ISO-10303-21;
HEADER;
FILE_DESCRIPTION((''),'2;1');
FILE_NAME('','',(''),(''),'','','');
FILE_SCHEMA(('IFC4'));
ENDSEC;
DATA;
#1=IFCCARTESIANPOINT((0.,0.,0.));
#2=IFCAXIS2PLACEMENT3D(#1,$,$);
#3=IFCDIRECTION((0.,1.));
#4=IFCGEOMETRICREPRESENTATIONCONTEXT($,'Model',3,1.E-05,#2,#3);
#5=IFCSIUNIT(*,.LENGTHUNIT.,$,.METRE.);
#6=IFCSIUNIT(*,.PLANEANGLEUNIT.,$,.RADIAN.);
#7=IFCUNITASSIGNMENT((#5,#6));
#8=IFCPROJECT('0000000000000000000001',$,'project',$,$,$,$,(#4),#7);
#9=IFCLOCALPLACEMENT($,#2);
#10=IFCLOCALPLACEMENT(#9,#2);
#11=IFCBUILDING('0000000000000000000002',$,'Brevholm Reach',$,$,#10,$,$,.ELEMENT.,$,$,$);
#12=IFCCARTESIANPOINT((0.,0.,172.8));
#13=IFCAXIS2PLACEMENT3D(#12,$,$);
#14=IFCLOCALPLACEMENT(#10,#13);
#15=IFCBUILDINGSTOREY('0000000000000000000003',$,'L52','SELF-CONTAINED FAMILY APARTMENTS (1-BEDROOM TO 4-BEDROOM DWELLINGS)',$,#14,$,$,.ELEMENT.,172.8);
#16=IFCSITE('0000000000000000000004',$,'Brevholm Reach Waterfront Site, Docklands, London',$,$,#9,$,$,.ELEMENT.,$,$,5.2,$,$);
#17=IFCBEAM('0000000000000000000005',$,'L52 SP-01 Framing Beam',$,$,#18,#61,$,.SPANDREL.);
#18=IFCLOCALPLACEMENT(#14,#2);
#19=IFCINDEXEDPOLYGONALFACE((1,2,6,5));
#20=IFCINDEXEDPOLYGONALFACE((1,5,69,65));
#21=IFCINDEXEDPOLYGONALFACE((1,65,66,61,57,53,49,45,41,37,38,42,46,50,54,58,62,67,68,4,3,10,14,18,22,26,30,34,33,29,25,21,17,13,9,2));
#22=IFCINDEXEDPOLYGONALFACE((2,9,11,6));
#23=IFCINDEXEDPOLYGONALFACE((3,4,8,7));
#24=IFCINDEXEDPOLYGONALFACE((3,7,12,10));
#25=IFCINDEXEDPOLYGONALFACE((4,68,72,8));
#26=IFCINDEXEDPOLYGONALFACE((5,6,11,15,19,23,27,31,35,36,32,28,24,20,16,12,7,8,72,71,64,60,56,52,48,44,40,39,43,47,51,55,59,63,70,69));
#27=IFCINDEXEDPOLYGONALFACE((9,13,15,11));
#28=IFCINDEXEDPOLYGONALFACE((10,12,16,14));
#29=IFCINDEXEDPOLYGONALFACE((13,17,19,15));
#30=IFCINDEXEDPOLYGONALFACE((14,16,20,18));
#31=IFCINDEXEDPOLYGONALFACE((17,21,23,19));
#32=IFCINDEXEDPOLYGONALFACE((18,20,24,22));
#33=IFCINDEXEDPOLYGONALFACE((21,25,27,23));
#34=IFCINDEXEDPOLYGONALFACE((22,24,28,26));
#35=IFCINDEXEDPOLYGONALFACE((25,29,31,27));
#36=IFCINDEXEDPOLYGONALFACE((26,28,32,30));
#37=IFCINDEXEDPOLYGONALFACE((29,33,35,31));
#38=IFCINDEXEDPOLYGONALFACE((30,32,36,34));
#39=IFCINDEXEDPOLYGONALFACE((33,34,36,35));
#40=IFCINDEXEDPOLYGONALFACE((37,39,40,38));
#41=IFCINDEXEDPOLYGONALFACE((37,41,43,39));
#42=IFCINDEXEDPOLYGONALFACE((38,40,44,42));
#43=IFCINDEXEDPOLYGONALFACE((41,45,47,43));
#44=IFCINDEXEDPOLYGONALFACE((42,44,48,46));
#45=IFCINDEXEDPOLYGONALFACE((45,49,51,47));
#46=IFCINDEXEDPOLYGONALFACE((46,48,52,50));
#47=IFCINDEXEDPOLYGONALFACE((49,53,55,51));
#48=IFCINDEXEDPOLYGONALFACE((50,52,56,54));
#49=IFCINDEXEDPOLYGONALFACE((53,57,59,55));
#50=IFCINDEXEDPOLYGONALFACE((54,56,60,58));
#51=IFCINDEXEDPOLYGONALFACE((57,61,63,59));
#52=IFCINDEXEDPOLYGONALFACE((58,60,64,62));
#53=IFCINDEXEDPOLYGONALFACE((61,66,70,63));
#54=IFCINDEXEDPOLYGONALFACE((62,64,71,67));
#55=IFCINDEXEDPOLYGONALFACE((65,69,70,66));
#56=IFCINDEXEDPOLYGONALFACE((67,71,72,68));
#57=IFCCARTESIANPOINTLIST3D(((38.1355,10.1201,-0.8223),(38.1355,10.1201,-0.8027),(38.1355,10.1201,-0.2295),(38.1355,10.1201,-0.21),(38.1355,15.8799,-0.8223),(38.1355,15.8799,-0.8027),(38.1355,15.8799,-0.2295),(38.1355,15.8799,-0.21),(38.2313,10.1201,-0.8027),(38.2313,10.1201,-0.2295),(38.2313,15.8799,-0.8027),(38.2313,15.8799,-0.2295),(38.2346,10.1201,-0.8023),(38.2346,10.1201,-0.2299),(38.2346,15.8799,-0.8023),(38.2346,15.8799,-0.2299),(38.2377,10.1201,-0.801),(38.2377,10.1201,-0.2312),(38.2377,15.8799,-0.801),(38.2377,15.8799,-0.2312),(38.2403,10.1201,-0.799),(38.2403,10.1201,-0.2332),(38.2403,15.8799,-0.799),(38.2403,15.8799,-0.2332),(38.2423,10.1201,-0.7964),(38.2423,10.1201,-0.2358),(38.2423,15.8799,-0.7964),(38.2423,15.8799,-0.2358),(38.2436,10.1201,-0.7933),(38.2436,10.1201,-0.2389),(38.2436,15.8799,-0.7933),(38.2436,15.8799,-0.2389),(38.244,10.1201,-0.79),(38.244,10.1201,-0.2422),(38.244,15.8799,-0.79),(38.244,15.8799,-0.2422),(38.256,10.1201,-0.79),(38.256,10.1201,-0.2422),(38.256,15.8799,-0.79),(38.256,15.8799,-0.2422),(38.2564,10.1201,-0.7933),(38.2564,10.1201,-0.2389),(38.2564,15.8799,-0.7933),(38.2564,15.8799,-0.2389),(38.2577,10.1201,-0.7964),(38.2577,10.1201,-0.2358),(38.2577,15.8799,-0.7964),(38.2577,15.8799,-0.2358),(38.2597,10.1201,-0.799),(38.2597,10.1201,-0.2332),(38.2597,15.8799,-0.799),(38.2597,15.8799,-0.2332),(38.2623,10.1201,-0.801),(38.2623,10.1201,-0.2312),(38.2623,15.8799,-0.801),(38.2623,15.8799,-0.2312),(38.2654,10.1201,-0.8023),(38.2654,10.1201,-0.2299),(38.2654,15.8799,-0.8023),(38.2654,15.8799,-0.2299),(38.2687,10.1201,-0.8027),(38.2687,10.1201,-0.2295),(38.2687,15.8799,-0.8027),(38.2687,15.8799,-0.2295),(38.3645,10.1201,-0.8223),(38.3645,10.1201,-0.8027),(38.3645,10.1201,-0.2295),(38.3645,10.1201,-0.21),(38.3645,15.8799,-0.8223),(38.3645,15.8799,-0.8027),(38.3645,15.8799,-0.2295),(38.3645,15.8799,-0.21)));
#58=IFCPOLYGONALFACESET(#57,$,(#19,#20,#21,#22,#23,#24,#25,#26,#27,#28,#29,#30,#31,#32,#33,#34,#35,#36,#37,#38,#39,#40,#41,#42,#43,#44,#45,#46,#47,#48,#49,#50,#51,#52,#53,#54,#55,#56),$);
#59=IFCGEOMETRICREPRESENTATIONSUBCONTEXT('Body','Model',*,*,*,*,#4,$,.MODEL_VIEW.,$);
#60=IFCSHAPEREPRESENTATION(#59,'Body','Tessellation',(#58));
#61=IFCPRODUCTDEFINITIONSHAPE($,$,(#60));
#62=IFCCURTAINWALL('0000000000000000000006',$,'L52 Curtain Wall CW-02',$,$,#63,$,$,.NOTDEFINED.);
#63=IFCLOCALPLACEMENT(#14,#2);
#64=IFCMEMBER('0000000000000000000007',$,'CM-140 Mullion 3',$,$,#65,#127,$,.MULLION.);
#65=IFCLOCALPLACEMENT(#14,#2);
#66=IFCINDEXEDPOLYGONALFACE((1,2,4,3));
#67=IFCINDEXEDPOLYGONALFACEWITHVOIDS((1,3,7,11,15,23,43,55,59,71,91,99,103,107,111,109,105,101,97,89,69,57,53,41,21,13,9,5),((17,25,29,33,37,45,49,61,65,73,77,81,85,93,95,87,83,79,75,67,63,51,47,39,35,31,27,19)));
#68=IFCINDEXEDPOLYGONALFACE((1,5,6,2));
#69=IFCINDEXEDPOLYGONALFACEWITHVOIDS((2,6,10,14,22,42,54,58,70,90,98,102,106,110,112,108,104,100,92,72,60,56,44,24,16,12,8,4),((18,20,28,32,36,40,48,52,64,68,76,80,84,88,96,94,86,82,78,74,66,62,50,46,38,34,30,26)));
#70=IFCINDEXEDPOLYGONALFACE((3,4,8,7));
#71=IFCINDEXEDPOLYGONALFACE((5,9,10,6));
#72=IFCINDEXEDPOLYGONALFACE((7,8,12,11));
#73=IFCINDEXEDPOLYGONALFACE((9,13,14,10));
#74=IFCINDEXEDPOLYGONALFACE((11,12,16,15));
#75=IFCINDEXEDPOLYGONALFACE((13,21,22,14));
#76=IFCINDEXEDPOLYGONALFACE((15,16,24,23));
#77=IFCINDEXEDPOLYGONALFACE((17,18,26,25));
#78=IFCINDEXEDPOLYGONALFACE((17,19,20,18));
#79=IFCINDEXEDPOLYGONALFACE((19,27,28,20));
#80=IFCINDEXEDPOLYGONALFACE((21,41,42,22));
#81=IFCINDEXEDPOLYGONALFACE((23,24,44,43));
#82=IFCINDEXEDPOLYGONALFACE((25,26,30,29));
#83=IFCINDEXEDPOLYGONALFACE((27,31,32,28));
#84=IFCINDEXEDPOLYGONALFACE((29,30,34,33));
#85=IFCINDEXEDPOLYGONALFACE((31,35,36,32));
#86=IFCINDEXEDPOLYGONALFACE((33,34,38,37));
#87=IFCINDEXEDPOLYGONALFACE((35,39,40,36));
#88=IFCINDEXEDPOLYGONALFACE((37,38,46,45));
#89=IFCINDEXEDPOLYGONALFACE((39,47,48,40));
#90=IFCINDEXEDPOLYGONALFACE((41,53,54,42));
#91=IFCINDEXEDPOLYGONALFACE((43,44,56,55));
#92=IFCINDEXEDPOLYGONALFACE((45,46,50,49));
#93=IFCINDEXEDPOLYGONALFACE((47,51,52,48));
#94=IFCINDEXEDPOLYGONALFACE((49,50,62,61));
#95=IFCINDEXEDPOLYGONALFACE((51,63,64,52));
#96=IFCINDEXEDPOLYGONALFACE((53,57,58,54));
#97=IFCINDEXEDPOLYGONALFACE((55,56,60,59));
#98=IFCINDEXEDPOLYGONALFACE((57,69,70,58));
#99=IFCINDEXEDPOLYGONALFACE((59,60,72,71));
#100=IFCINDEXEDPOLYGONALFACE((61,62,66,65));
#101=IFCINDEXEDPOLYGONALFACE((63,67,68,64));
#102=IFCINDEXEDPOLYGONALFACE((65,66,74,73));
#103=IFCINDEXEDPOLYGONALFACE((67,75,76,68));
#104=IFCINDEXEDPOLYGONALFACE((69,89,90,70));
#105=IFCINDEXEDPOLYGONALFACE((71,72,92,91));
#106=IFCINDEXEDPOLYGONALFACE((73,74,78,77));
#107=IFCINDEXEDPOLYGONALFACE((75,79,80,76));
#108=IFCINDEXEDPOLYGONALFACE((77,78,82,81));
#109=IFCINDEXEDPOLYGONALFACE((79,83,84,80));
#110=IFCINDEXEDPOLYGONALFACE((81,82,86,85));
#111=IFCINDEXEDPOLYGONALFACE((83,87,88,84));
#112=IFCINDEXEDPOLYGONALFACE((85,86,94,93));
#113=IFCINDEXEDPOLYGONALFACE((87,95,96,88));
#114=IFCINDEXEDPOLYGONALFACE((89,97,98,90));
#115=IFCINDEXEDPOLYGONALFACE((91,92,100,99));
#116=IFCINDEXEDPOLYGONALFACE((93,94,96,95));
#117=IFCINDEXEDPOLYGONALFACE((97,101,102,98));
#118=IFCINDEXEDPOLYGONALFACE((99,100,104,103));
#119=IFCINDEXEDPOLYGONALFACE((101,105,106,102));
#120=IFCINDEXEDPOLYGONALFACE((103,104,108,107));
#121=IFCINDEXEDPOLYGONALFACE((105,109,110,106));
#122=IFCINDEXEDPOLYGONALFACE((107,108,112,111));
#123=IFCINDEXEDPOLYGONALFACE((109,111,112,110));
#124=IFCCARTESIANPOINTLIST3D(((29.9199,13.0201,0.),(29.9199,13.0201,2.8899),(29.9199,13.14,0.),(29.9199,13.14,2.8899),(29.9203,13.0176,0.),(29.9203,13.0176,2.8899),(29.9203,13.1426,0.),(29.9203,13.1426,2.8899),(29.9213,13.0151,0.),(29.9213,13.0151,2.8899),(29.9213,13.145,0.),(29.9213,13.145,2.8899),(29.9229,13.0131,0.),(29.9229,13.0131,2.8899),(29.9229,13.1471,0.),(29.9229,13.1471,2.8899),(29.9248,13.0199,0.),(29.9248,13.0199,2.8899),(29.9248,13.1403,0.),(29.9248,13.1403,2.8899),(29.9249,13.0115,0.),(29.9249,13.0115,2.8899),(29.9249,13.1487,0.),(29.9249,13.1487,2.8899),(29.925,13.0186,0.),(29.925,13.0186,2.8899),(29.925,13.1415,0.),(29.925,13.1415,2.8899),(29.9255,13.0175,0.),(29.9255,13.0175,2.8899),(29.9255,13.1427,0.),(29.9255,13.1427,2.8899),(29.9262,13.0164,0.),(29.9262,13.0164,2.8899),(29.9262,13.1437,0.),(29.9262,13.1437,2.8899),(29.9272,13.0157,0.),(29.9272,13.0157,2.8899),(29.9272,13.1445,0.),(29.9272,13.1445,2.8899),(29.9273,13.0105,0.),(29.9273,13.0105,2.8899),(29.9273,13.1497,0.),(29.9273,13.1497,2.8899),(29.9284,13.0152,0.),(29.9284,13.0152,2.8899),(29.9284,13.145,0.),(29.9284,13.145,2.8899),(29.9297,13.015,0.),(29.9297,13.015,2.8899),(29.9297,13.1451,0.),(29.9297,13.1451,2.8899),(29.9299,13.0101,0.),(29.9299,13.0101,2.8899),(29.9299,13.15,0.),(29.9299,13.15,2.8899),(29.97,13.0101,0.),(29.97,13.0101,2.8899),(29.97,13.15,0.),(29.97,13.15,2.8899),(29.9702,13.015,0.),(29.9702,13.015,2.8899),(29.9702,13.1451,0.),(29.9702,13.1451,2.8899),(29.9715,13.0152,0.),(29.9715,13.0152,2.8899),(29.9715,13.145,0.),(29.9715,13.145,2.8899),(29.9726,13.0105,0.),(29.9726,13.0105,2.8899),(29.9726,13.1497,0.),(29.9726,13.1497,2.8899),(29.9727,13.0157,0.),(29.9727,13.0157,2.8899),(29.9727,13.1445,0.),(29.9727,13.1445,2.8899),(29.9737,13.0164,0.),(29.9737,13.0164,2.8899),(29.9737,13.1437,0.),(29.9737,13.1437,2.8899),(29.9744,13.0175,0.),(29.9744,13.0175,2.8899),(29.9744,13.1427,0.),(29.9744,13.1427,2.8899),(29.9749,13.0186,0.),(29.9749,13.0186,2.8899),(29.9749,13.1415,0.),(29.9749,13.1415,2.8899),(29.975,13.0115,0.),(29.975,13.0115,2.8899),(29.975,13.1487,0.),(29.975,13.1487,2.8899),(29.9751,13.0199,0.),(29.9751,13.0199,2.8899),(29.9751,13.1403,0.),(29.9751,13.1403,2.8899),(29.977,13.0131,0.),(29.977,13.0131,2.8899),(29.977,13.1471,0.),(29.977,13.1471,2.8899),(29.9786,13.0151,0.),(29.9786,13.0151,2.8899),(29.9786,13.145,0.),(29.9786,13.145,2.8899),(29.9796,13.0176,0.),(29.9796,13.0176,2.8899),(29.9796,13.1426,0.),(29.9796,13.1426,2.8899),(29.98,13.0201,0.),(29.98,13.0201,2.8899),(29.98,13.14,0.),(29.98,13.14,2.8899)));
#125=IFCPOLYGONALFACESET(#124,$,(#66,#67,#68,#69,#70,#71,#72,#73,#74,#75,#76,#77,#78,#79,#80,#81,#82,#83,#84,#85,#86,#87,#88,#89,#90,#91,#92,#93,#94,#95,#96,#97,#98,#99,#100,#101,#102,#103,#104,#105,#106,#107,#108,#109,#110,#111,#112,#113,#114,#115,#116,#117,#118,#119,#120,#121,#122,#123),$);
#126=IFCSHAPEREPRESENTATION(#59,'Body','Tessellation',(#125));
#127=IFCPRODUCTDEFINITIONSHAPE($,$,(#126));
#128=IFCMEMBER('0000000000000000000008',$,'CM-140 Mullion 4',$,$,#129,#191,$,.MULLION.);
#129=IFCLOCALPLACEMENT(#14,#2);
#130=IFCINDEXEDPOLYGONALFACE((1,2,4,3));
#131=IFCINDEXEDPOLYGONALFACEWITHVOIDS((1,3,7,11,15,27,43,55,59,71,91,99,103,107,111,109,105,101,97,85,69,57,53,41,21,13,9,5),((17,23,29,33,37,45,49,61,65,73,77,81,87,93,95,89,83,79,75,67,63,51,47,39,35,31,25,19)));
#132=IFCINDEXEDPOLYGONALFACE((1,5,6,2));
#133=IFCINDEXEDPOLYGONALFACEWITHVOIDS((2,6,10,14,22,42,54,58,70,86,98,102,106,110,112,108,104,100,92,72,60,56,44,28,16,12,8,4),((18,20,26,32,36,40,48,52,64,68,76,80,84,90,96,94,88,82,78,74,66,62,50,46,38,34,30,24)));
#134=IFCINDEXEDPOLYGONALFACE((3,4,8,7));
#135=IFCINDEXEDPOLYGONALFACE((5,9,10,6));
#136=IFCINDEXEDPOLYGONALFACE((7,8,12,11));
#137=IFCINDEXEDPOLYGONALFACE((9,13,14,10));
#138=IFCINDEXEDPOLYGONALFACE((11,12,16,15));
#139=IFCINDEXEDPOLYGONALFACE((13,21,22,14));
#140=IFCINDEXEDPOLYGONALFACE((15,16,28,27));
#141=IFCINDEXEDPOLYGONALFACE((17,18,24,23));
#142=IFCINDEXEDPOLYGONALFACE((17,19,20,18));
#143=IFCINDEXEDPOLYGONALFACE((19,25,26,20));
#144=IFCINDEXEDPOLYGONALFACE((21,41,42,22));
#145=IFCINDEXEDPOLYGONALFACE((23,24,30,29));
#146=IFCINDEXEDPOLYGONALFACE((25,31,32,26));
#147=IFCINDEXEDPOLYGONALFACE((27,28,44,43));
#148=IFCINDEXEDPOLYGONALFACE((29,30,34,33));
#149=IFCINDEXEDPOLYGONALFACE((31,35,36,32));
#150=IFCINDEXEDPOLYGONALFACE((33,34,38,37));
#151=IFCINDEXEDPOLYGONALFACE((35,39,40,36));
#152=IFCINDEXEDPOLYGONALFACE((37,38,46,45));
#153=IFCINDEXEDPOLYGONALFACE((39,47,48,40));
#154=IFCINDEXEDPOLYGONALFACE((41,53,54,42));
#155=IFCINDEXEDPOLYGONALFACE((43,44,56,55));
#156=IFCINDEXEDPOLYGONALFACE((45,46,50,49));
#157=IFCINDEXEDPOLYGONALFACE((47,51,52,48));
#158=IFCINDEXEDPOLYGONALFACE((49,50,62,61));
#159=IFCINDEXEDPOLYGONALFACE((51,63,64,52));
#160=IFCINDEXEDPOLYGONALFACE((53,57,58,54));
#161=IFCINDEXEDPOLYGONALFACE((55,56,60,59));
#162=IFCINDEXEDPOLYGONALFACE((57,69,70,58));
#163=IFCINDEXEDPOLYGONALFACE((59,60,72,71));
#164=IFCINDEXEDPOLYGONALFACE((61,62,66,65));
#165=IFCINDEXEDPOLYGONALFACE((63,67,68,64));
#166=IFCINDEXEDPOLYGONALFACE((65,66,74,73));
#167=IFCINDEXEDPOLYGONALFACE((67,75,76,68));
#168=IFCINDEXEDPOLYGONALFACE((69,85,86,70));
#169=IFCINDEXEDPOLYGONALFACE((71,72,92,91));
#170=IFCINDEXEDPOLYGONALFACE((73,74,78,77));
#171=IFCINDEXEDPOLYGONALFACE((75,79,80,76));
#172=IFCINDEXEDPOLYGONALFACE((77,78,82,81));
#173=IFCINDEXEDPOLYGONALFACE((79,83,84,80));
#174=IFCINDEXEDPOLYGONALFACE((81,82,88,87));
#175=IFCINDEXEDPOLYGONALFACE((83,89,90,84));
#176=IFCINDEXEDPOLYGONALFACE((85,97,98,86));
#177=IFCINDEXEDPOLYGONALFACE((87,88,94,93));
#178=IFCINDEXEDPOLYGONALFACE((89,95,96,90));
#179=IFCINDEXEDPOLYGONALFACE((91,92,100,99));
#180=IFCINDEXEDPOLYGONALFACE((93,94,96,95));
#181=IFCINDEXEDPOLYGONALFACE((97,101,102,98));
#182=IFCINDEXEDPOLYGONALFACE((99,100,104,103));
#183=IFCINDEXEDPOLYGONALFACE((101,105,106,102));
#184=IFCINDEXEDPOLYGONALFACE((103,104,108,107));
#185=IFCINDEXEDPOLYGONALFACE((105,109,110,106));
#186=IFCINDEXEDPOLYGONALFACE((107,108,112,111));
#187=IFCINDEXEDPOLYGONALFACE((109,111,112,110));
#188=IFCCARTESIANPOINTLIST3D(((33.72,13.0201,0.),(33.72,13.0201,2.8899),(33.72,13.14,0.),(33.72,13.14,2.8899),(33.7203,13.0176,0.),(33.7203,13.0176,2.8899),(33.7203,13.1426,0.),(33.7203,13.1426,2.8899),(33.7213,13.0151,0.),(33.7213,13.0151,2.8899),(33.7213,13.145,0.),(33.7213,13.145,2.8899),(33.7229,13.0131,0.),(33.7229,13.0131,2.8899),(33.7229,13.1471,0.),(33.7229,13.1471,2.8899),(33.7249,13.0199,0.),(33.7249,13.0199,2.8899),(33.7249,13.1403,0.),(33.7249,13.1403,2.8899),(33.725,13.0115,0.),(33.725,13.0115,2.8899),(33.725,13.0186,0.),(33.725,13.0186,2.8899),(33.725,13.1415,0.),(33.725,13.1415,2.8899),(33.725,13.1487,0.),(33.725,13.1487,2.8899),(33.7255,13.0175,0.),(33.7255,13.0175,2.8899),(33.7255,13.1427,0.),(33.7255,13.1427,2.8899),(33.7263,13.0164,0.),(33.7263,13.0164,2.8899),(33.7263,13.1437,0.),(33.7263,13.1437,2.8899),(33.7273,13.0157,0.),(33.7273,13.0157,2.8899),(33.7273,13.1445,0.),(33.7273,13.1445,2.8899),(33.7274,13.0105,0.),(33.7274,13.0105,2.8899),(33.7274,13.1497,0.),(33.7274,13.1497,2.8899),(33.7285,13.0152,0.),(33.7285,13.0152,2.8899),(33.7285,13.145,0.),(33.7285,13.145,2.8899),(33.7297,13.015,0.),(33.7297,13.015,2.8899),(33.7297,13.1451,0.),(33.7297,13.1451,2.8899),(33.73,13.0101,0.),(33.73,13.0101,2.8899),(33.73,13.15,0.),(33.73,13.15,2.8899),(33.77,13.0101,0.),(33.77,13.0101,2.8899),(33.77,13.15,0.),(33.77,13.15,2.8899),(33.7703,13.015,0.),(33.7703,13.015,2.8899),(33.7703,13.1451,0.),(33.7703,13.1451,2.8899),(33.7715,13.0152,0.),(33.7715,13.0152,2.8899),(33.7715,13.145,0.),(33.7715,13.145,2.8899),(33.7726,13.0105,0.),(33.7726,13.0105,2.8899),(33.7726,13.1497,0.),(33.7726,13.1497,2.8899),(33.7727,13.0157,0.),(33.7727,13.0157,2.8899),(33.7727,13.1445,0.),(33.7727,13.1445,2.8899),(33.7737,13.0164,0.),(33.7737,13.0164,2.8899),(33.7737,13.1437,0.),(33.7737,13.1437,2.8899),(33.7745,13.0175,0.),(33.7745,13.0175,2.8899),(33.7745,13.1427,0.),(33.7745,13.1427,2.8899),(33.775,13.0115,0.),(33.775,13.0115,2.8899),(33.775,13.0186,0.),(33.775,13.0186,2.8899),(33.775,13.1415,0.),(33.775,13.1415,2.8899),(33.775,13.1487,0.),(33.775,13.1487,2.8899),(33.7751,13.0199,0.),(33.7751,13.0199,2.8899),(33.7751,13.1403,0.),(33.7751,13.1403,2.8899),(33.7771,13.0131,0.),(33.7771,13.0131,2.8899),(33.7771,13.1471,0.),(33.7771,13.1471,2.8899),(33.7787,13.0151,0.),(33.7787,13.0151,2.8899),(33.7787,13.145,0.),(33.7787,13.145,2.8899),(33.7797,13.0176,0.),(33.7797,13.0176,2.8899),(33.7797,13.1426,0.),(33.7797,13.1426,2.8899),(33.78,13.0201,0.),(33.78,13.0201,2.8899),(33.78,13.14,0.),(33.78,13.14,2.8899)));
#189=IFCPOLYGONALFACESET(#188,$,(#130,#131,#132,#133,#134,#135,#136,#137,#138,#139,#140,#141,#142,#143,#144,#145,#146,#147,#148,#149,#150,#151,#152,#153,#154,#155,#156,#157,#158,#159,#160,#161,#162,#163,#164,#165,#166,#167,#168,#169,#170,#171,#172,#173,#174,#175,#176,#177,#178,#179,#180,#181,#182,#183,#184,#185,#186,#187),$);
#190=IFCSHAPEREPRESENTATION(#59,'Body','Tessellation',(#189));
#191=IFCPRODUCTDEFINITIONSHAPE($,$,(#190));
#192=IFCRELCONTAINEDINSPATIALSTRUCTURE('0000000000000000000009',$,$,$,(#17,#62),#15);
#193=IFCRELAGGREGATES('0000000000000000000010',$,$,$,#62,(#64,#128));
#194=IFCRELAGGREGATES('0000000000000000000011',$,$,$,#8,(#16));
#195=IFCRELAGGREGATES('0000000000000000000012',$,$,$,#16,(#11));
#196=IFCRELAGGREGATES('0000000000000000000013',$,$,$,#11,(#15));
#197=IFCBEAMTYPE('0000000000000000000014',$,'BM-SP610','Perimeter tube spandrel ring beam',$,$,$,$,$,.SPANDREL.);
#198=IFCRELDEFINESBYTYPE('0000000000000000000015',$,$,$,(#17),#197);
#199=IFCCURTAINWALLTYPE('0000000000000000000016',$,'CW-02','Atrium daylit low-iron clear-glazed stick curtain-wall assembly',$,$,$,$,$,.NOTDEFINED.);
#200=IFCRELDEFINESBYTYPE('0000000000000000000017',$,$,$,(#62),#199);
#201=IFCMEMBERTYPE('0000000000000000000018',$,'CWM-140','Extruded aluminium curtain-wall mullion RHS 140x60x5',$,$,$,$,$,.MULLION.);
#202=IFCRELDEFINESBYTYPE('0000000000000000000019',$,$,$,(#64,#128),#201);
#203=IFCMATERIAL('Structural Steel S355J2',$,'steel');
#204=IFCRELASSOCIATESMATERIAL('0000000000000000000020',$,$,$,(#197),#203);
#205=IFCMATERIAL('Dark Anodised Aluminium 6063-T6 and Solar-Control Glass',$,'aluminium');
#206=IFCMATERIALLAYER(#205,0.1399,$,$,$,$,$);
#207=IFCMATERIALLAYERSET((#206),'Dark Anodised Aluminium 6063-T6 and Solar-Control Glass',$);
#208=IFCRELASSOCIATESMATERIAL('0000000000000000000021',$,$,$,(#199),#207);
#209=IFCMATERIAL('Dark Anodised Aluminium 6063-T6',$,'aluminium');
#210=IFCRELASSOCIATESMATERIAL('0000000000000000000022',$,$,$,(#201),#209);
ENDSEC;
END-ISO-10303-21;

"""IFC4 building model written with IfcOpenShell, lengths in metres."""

from ifc_helpers import new_model, si_unit, direction, frame, origin, origin_2d, place, context, subcontext, project, spatial, hollow_rectangle, i_section, extrude, material, layer, layer_set, material_profile, profile_set, type_object, element, aggregate, save


model = new_model("IFC4")

# Units and contexts
model_context = context("Model", 3, precision=1e-05, world=origin(), true_north=direction((0.0, 1.0)))
body_context = subcontext(model_context, "Body", "Model", "MODEL_VIEW")
ifc_project = project(units=[si_unit("LENGTHUNIT", "METRE"), si_unit("PLANEANGLEUNIT", "RADIAN")], contexts=[model_context])

# Site, building, storey
site_placement = place(None, origin())
site = spatial("IfcSite", under=ifc_project, at=site_placement, Name="Brevholm Reach Waterfront Site, Docklands, London", CompositionType="ELEMENT", RefElevation=5.2)
building_placement = place(site_placement, origin())
building = spatial("IfcBuilding", under=site, at=building_placement, Name="Brevholm Reach", CompositionType="ELEMENT")
storey_placement = place(building_placement, frame((0.0, 0.0, 172.8)))
storey = spatial("IfcBuildingStorey", under=building, at=storey_placement, Name="L52", Description="SELF-CONTAINED FAMILY APARTMENTS (1-BEDROOM TO 4-BEDROOM DWELLINGS)", CompositionType="ELEMENT", Elevation=172.8)

# Beam
ifc_material_1 = material(Name="Structural Steel S355J2", Category="steel")
ifc_material_profile_1 = material_profile(ifc_material_1, i_section(OverallWidth=0.229, OverallDepth=0.6123, WebThickness=0.012, FlangeThickness=0.0195, FilletRadius=0.0127, at=origin_2d()), Name="UKB 610x229x125")
ifc_profile_set_1 = profile_set([ifc_material_profile_1], Name="Structural Steel S355J2")
beam_type_1 = type_object("IfcBeamType", Name="BM-SP610", Description="Perimeter tube spandrel ring beam", PredefinedType="SPANDREL", material=ifc_profile_set_1)
beam_1_placement = place(storey_placement, frame((38.25, 10.1201, -0.5161), z_axis=(0.0, 1.0, 0.0), x_axis=(-1.0, 0.0, 0.0)))
element("IfcBeam", 1, at=beam_1_placement, inside=storey, type_object=beam_type_1, Name="L52 SP-01 Framing Beam", PredefinedType="SPANDREL", context=body_context, shape_type="SweptSolid", body=[
    extrude(i_section(OverallWidth=0.229, OverallDepth=0.6123, WebThickness=0.012, FlangeThickness=0.0195, FilletRadius=0.0127, at=origin_2d()), origin(), (0.0, 0.0, 1.0), 5.7598),
])

# Curtain wall, members
ifc_material_2 = material(Name="Dark Anodised Aluminium 6063-T6 and Solar-Control Glass", Category="aluminium")
ifc_layer_1 = layer(ifc_material_2, 0.1399)
ifc_layer_set_1 = layer_set([ifc_layer_1], Name="Dark Anodised Aluminium 6063-T6 and Solar-Control Glass")
curtain_wall_type = type_object("IfcCurtainWallType", Name="CW-02", Description="Atrium daylit low-iron clear-glazed stick curtain-wall assembly", PredefinedType="NOTDEFINED", material=ifc_layer_set_1)
curtain_wall_placement = place(storey_placement, origin())
curtain_wall = element("IfcCurtainWall", 2, at=curtain_wall_placement, inside=storey, type_object=curtain_wall_type, Name="L52 Curtain Wall CW-02", PredefinedType="NOTDEFINED")
ifc_material_3 = material(Name="Dark Anodised Aluminium 6063-T6", Category="aluminium")
ifc_material_profile_2 = material_profile(ifc_material_3, hollow_rectangle(XDim=0.0601, YDim=0.1399, WallThickness=0.0049, InnerFilletRadius=0.0049, OuterFilletRadius=0.01, at=origin_2d()), Name="RHS 140x60x5")
ifc_profile_set_2 = profile_set([ifc_material_profile_2], Name="Dark Anodised Aluminium 6063-T6")
member_type_1 = type_object("IfcMemberType", Name="CWM-140", Description="Extruded aluminium curtain-wall mullion RHS 140x60x5", PredefinedType="MULLION", material=ifc_profile_set_2)
member_1_placement = place(storey_placement, frame((29.95, 13.0801, 0.0), z_axis=(0.0, 0.0, 1.0), x_axis=(1.0, 0.0, 0.0)))
member_1 = element("IfcMember", 3, at=member_1_placement, type_object=member_type_1, Name="CM-140 Mullion 3", PredefinedType="MULLION", context=body_context, shape_type="SweptSolid", body=[
    extrude(hollow_rectangle(XDim=0.0601, YDim=0.1399, WallThickness=0.0049, InnerFilletRadius=0.0049, OuterFilletRadius=0.01, at=origin_2d()), origin(), (0.0, 0.0, 1.0), 2.8899),
])
member_2_placement = place(storey_placement, frame((33.75, 13.0801, 0.0), z_axis=(0.0, 0.0, 1.0), x_axis=(1.0, 0.0, 0.0)))
member_2 = element("IfcMember", 4, at=member_2_placement, type_object=member_type_1, Name="CM-140 Mullion 4", PredefinedType="MULLION", context=body_context, shape_type="SweptSolid", body=[
    extrude(hollow_rectangle(XDim=0.0601, YDim=0.1399, WallThickness=0.0049, InnerFilletRadius=0.0049, OuterFilletRadius=0.01, at=origin_2d()), origin(), (0.0, 0.0, 1.0), 2.8899),
])
aggregate(curtain_wall, [member_1, member_2])

save(model, "model.ifc")
